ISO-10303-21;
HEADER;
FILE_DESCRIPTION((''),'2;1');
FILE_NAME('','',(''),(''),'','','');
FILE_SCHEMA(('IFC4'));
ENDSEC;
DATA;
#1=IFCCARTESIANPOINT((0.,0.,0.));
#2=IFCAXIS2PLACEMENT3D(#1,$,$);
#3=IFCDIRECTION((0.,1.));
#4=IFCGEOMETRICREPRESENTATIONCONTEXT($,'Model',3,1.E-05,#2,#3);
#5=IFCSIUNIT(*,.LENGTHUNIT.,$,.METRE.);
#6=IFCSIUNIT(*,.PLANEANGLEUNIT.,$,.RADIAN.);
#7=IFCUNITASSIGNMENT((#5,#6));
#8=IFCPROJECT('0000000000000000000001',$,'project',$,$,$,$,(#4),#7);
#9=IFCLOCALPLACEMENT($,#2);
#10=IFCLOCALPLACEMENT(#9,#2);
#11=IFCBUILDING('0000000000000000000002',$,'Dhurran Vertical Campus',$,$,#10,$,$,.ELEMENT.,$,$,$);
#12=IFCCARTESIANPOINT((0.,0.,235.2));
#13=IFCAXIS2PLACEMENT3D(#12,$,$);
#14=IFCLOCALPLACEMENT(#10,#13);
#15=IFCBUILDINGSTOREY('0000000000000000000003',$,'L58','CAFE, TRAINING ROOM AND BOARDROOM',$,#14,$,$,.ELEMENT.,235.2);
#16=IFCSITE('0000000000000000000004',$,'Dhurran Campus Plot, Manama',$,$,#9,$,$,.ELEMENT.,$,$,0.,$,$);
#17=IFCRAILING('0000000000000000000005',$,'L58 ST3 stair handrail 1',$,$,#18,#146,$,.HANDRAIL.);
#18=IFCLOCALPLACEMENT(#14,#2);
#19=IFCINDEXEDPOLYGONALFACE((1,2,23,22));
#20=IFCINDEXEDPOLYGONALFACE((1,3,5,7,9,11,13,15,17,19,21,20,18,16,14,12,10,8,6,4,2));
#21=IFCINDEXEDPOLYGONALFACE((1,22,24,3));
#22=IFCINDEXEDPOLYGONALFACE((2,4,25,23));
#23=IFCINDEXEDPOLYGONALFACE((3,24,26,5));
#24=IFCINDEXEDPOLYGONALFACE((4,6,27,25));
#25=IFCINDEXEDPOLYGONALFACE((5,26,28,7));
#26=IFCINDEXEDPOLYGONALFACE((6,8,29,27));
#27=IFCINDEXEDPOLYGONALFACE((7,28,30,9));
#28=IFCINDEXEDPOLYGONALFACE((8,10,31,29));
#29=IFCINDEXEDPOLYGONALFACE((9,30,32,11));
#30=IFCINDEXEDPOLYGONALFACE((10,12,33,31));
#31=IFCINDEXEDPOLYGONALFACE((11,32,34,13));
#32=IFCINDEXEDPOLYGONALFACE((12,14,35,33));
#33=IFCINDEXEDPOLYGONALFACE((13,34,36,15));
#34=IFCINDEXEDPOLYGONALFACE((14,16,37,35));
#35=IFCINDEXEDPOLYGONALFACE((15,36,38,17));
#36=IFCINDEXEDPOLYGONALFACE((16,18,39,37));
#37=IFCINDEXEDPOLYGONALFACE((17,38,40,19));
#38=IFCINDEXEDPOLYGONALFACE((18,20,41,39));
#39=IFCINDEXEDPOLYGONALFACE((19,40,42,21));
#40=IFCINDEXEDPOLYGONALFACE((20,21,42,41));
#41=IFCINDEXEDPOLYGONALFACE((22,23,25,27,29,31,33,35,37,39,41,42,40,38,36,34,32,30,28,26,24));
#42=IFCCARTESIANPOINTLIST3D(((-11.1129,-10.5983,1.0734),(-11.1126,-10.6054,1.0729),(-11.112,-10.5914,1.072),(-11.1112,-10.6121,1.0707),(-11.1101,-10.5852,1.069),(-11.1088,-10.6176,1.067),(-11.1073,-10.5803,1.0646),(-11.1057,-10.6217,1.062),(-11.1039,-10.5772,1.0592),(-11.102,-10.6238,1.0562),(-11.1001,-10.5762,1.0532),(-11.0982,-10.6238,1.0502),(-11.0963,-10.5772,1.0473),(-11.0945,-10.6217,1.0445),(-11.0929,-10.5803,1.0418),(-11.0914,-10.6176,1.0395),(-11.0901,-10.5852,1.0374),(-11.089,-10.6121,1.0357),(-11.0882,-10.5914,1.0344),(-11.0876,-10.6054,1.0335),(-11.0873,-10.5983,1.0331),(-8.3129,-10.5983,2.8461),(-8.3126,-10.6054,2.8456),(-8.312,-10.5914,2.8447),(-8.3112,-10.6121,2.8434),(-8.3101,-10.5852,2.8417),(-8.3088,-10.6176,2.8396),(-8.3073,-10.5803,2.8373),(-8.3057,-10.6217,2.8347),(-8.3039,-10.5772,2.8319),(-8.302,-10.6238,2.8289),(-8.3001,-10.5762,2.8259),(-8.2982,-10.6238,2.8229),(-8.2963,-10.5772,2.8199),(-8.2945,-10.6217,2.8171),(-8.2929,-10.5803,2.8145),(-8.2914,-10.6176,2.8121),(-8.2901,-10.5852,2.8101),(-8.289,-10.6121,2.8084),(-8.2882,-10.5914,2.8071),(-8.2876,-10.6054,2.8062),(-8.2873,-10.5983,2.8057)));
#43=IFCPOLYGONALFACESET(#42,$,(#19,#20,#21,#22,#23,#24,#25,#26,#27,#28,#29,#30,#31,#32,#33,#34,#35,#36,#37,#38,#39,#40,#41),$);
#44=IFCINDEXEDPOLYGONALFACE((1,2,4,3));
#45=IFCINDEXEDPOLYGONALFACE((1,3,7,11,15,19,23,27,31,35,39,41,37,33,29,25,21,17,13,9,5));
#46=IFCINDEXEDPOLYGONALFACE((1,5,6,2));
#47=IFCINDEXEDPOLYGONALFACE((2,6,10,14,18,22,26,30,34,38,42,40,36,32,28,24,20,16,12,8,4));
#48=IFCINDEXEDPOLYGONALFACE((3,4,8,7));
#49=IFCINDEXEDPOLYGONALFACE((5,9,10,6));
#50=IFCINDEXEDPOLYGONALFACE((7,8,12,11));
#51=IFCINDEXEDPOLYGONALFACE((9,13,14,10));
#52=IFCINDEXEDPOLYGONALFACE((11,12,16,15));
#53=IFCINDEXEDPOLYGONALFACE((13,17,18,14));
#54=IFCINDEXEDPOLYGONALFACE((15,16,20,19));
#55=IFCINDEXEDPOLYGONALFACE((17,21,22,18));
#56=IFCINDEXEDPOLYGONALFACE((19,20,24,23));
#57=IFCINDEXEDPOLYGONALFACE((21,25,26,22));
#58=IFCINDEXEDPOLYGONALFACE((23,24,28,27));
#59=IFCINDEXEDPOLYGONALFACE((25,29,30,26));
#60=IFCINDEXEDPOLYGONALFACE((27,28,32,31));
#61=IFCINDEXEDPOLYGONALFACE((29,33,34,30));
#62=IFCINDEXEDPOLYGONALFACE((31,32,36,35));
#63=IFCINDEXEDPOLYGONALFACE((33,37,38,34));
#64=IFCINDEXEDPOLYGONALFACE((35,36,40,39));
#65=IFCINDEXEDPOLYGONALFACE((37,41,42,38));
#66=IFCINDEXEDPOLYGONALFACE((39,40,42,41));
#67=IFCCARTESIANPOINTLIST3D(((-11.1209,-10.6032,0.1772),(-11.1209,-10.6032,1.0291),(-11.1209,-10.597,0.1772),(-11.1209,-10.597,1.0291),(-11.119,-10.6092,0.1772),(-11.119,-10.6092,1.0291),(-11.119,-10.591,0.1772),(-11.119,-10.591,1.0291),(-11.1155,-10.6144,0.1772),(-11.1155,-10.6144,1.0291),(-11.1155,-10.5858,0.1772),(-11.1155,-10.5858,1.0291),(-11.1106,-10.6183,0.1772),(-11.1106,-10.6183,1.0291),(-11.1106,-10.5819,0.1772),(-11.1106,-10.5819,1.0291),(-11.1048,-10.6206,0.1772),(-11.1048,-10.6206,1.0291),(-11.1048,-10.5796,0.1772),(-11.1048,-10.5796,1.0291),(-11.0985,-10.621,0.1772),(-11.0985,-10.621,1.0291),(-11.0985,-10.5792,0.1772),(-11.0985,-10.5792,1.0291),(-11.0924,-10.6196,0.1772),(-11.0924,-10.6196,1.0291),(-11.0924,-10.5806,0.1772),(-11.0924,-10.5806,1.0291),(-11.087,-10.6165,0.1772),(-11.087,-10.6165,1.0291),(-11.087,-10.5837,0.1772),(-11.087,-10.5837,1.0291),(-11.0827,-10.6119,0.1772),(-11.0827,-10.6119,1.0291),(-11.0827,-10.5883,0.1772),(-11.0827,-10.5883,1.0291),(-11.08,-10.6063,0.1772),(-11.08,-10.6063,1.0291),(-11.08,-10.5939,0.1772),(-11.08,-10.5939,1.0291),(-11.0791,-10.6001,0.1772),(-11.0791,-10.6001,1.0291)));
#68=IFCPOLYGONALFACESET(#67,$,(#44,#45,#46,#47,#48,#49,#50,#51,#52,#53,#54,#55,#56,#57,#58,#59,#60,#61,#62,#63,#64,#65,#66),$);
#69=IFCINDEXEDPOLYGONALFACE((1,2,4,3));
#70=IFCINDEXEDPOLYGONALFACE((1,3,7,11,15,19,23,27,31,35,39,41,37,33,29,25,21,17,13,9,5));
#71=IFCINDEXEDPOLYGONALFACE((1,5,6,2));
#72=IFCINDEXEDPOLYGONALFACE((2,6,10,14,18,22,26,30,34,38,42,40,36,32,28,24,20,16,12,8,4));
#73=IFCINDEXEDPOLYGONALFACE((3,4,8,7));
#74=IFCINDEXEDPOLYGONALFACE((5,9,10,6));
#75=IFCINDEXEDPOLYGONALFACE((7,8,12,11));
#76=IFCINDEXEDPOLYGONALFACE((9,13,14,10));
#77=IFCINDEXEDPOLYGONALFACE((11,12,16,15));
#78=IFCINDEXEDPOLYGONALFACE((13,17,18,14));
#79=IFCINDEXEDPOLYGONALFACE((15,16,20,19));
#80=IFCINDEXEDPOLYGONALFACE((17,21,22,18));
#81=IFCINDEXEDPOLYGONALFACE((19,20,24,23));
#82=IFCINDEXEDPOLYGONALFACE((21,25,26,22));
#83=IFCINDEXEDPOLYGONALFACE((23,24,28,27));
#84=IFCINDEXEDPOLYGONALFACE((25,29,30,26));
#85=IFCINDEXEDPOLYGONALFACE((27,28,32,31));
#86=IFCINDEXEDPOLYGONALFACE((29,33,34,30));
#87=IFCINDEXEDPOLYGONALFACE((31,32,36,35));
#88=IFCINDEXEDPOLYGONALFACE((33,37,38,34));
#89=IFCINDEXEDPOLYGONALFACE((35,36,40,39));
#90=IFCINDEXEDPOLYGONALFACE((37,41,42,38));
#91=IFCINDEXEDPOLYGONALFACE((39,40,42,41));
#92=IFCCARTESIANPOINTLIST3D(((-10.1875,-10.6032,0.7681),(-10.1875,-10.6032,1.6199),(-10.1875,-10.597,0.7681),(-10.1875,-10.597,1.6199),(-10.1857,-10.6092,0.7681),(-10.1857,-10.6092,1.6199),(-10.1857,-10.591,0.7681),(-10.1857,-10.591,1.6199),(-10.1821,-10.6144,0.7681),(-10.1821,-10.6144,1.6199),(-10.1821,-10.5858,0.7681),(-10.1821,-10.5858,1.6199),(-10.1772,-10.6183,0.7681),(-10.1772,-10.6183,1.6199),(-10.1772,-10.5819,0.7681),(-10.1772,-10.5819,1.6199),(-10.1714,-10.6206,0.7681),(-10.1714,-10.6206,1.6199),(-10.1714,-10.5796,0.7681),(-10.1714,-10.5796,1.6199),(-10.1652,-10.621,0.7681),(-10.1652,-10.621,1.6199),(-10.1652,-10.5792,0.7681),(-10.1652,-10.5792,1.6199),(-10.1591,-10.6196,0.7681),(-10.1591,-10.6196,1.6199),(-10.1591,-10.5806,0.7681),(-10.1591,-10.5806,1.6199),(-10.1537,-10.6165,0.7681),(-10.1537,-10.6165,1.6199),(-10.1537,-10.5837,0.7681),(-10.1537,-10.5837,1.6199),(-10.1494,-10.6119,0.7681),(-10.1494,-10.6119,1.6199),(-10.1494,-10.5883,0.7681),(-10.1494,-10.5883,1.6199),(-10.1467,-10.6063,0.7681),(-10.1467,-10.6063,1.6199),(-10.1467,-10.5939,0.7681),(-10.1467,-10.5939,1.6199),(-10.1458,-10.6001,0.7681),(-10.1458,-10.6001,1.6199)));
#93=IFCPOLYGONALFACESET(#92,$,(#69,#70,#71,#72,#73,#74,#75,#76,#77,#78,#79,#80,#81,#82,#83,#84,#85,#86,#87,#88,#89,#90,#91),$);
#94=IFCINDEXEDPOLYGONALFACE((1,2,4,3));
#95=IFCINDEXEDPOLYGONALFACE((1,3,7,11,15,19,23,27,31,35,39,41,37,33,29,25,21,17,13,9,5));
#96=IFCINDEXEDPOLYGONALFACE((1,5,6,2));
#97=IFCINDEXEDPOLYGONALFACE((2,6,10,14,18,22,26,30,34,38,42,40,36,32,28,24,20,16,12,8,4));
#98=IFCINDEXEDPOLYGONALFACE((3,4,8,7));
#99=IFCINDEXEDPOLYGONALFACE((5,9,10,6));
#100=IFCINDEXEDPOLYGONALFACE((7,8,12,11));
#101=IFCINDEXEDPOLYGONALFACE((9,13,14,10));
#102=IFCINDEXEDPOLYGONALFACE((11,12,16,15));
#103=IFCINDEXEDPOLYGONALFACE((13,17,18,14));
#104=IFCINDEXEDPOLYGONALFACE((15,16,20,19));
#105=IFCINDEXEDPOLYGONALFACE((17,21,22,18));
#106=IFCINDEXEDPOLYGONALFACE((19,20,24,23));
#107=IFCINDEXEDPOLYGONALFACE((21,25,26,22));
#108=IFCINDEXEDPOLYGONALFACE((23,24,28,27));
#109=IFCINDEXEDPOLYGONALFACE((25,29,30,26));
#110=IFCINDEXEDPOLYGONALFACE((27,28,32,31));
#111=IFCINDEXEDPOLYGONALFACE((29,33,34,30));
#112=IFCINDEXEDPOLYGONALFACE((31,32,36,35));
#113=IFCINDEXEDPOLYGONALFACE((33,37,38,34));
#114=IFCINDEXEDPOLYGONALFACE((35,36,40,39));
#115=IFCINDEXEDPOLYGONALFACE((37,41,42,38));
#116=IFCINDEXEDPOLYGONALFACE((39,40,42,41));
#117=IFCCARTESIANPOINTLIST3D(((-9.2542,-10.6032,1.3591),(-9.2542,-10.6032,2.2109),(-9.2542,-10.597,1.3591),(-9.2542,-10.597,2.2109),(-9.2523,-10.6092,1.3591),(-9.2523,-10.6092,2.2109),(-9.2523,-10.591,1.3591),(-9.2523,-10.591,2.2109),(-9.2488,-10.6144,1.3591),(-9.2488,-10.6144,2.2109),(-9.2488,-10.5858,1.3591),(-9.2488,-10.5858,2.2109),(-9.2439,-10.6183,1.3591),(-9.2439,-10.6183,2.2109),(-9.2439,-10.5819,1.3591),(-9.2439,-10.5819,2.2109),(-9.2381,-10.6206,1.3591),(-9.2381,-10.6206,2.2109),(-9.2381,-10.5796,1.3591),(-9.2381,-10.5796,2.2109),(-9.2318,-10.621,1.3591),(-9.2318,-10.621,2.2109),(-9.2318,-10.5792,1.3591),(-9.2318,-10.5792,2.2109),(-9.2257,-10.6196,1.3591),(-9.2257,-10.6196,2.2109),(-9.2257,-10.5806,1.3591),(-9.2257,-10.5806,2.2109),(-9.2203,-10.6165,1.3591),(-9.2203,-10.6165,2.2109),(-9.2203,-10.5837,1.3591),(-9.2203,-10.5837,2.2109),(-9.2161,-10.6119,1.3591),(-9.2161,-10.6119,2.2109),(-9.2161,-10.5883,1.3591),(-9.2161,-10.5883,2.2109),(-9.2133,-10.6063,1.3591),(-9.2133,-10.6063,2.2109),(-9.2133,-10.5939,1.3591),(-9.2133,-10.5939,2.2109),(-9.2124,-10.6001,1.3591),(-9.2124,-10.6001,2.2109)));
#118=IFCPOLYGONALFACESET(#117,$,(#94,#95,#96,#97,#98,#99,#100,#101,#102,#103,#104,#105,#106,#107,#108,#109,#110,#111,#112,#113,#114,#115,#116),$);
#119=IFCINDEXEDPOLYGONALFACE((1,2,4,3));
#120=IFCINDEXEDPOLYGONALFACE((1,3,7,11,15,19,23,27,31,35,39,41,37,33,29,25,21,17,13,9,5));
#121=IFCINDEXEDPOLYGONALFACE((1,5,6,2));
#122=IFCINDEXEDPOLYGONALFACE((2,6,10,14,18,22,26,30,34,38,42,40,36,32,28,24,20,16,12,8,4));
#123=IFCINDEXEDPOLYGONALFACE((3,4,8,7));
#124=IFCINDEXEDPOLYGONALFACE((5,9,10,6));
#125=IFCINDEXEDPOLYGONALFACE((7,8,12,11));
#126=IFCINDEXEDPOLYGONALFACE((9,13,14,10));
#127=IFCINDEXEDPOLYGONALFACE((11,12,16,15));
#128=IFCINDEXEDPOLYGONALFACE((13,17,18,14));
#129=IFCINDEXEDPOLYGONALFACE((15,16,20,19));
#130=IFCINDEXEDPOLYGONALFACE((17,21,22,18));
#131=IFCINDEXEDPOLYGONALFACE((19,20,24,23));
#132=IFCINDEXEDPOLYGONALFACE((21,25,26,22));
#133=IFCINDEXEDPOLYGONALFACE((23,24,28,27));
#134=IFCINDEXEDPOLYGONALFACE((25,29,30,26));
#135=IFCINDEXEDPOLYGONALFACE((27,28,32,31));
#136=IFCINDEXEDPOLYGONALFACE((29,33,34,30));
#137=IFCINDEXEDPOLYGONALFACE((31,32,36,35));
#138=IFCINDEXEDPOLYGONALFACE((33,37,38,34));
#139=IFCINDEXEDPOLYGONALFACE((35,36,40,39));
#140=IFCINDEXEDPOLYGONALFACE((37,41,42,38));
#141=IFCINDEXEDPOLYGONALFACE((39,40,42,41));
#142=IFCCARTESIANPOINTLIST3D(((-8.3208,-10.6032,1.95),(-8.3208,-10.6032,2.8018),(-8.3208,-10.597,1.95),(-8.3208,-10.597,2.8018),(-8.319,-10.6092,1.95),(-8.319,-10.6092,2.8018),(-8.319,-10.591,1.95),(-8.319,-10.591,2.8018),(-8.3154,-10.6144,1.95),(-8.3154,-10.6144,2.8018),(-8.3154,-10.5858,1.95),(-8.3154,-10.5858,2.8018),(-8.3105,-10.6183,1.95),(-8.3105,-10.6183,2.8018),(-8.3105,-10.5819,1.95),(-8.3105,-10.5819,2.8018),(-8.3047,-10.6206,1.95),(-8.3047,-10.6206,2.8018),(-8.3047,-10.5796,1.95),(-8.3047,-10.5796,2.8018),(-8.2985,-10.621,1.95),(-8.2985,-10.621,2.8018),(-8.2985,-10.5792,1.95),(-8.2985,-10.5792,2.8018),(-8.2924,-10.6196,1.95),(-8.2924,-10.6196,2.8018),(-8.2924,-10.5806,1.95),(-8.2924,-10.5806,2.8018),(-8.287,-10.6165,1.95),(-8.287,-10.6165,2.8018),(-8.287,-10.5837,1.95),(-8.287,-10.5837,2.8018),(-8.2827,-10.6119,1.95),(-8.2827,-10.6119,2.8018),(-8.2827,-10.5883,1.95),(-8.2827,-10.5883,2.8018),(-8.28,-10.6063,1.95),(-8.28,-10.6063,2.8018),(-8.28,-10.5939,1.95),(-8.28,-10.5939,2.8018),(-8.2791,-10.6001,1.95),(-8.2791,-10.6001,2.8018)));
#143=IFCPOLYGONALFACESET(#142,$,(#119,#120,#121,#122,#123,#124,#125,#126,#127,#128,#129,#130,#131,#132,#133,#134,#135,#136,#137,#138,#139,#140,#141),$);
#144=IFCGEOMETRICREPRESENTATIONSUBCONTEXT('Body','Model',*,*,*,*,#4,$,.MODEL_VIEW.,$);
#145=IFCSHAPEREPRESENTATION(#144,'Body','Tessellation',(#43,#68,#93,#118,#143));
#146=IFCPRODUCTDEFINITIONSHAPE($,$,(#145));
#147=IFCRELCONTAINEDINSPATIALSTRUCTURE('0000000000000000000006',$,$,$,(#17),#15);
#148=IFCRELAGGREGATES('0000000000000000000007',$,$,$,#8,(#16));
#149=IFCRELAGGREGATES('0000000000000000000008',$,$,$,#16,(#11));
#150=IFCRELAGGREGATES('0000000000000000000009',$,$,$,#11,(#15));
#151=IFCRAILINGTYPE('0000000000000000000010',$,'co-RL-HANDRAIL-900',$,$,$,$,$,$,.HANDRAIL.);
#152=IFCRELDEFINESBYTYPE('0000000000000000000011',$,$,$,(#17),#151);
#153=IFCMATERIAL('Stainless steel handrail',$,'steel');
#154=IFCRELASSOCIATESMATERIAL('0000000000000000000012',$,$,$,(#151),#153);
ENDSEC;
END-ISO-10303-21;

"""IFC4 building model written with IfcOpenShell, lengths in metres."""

from ifc_helpers import new_model, si_unit, direction, frame, origin, origin_2d, place, context, subcontext, project, spatial, circle, extrude, material, type_object, element, save


model = new_model("IFC4")

# Units and contexts
model_context = context("Model", 3, precision=1e-05, world=origin(), true_north=direction((0.0, 1.0)))
body_context = subcontext(model_context, "Body", "Model", "MODEL_VIEW")
ifc_project = project(units=[si_unit("LENGTHUNIT", "METRE"), si_unit("PLANEANGLEUNIT", "RADIAN")], contexts=[model_context])

# Site, building, storey
site_placement = place(None, origin())
site = spatial("IfcSite", under=ifc_project, at=site_placement, Name="Dhurran Campus Plot, Manama", CompositionType="ELEMENT", RefElevation=0.0)
building_placement = place(site_placement, origin())
building = spatial("IfcBuilding", under=site, at=building_placement, Name="Dhurran Vertical Campus", CompositionType="ELEMENT")
storey_placement = place(building_placement, frame((0.0, 0.0, 235.2)))
storey = spatial("IfcBuildingStorey", under=building, at=storey_placement, Name="L58", Description="CAFE, TRAINING ROOM AND BOARDROOM", CompositionType="ELEMENT", Elevation=235.2)

# Railing
ifc_material_1 = material(Name="Stainless steel handrail", Category="steel")
railing_type_1 = type_object("IfcRailingType", Name="co-RL-HANDRAIL-900", PredefinedType="HANDRAIL", material=ifc_material_1)
railing_1_placement = place(storey_placement, frame((-11.1001, -10.6001, 0.1772)))
element("IfcRailing", 1, at=railing_1_placement, inside=storey, type_object=railing_type_1, Name="L58 ST3 stair handrail 1", PredefinedType="HANDRAIL", context=body_context, shape_type="SweptSolid", body=[
    extrude(circle(Radius=0.0239, at=origin_2d()), frame((0.0, 0.0, 0.876), z_axis=(0.844909, 0.0, 0.53491), x_axis=(0.0, 1.0, 0.0)), (0.0, 0.0, 1.0), 3.314),
    extrude(circle(Radius=0.021, at=origin_2d()), origin(), (0.0, 0.0, 1.0), 0.8518),
    extrude(circle(Radius=0.021, at=origin_2d()), frame((0.9333, 0.0, 0.5908)), (0.0, 0.0, 1.0), 0.8518),
    extrude(circle(Radius=0.021, at=origin_2d()), frame((1.8667, 0.0, 1.1819)), (0.0, 0.0, 1.0), 0.8518),
    extrude(circle(Radius=0.021, at=origin_2d()), frame((2.8, 0.0, 1.7727)), (0.0, 0.0, 1.0), 0.8518),
])

save(model, "model.ifc")
